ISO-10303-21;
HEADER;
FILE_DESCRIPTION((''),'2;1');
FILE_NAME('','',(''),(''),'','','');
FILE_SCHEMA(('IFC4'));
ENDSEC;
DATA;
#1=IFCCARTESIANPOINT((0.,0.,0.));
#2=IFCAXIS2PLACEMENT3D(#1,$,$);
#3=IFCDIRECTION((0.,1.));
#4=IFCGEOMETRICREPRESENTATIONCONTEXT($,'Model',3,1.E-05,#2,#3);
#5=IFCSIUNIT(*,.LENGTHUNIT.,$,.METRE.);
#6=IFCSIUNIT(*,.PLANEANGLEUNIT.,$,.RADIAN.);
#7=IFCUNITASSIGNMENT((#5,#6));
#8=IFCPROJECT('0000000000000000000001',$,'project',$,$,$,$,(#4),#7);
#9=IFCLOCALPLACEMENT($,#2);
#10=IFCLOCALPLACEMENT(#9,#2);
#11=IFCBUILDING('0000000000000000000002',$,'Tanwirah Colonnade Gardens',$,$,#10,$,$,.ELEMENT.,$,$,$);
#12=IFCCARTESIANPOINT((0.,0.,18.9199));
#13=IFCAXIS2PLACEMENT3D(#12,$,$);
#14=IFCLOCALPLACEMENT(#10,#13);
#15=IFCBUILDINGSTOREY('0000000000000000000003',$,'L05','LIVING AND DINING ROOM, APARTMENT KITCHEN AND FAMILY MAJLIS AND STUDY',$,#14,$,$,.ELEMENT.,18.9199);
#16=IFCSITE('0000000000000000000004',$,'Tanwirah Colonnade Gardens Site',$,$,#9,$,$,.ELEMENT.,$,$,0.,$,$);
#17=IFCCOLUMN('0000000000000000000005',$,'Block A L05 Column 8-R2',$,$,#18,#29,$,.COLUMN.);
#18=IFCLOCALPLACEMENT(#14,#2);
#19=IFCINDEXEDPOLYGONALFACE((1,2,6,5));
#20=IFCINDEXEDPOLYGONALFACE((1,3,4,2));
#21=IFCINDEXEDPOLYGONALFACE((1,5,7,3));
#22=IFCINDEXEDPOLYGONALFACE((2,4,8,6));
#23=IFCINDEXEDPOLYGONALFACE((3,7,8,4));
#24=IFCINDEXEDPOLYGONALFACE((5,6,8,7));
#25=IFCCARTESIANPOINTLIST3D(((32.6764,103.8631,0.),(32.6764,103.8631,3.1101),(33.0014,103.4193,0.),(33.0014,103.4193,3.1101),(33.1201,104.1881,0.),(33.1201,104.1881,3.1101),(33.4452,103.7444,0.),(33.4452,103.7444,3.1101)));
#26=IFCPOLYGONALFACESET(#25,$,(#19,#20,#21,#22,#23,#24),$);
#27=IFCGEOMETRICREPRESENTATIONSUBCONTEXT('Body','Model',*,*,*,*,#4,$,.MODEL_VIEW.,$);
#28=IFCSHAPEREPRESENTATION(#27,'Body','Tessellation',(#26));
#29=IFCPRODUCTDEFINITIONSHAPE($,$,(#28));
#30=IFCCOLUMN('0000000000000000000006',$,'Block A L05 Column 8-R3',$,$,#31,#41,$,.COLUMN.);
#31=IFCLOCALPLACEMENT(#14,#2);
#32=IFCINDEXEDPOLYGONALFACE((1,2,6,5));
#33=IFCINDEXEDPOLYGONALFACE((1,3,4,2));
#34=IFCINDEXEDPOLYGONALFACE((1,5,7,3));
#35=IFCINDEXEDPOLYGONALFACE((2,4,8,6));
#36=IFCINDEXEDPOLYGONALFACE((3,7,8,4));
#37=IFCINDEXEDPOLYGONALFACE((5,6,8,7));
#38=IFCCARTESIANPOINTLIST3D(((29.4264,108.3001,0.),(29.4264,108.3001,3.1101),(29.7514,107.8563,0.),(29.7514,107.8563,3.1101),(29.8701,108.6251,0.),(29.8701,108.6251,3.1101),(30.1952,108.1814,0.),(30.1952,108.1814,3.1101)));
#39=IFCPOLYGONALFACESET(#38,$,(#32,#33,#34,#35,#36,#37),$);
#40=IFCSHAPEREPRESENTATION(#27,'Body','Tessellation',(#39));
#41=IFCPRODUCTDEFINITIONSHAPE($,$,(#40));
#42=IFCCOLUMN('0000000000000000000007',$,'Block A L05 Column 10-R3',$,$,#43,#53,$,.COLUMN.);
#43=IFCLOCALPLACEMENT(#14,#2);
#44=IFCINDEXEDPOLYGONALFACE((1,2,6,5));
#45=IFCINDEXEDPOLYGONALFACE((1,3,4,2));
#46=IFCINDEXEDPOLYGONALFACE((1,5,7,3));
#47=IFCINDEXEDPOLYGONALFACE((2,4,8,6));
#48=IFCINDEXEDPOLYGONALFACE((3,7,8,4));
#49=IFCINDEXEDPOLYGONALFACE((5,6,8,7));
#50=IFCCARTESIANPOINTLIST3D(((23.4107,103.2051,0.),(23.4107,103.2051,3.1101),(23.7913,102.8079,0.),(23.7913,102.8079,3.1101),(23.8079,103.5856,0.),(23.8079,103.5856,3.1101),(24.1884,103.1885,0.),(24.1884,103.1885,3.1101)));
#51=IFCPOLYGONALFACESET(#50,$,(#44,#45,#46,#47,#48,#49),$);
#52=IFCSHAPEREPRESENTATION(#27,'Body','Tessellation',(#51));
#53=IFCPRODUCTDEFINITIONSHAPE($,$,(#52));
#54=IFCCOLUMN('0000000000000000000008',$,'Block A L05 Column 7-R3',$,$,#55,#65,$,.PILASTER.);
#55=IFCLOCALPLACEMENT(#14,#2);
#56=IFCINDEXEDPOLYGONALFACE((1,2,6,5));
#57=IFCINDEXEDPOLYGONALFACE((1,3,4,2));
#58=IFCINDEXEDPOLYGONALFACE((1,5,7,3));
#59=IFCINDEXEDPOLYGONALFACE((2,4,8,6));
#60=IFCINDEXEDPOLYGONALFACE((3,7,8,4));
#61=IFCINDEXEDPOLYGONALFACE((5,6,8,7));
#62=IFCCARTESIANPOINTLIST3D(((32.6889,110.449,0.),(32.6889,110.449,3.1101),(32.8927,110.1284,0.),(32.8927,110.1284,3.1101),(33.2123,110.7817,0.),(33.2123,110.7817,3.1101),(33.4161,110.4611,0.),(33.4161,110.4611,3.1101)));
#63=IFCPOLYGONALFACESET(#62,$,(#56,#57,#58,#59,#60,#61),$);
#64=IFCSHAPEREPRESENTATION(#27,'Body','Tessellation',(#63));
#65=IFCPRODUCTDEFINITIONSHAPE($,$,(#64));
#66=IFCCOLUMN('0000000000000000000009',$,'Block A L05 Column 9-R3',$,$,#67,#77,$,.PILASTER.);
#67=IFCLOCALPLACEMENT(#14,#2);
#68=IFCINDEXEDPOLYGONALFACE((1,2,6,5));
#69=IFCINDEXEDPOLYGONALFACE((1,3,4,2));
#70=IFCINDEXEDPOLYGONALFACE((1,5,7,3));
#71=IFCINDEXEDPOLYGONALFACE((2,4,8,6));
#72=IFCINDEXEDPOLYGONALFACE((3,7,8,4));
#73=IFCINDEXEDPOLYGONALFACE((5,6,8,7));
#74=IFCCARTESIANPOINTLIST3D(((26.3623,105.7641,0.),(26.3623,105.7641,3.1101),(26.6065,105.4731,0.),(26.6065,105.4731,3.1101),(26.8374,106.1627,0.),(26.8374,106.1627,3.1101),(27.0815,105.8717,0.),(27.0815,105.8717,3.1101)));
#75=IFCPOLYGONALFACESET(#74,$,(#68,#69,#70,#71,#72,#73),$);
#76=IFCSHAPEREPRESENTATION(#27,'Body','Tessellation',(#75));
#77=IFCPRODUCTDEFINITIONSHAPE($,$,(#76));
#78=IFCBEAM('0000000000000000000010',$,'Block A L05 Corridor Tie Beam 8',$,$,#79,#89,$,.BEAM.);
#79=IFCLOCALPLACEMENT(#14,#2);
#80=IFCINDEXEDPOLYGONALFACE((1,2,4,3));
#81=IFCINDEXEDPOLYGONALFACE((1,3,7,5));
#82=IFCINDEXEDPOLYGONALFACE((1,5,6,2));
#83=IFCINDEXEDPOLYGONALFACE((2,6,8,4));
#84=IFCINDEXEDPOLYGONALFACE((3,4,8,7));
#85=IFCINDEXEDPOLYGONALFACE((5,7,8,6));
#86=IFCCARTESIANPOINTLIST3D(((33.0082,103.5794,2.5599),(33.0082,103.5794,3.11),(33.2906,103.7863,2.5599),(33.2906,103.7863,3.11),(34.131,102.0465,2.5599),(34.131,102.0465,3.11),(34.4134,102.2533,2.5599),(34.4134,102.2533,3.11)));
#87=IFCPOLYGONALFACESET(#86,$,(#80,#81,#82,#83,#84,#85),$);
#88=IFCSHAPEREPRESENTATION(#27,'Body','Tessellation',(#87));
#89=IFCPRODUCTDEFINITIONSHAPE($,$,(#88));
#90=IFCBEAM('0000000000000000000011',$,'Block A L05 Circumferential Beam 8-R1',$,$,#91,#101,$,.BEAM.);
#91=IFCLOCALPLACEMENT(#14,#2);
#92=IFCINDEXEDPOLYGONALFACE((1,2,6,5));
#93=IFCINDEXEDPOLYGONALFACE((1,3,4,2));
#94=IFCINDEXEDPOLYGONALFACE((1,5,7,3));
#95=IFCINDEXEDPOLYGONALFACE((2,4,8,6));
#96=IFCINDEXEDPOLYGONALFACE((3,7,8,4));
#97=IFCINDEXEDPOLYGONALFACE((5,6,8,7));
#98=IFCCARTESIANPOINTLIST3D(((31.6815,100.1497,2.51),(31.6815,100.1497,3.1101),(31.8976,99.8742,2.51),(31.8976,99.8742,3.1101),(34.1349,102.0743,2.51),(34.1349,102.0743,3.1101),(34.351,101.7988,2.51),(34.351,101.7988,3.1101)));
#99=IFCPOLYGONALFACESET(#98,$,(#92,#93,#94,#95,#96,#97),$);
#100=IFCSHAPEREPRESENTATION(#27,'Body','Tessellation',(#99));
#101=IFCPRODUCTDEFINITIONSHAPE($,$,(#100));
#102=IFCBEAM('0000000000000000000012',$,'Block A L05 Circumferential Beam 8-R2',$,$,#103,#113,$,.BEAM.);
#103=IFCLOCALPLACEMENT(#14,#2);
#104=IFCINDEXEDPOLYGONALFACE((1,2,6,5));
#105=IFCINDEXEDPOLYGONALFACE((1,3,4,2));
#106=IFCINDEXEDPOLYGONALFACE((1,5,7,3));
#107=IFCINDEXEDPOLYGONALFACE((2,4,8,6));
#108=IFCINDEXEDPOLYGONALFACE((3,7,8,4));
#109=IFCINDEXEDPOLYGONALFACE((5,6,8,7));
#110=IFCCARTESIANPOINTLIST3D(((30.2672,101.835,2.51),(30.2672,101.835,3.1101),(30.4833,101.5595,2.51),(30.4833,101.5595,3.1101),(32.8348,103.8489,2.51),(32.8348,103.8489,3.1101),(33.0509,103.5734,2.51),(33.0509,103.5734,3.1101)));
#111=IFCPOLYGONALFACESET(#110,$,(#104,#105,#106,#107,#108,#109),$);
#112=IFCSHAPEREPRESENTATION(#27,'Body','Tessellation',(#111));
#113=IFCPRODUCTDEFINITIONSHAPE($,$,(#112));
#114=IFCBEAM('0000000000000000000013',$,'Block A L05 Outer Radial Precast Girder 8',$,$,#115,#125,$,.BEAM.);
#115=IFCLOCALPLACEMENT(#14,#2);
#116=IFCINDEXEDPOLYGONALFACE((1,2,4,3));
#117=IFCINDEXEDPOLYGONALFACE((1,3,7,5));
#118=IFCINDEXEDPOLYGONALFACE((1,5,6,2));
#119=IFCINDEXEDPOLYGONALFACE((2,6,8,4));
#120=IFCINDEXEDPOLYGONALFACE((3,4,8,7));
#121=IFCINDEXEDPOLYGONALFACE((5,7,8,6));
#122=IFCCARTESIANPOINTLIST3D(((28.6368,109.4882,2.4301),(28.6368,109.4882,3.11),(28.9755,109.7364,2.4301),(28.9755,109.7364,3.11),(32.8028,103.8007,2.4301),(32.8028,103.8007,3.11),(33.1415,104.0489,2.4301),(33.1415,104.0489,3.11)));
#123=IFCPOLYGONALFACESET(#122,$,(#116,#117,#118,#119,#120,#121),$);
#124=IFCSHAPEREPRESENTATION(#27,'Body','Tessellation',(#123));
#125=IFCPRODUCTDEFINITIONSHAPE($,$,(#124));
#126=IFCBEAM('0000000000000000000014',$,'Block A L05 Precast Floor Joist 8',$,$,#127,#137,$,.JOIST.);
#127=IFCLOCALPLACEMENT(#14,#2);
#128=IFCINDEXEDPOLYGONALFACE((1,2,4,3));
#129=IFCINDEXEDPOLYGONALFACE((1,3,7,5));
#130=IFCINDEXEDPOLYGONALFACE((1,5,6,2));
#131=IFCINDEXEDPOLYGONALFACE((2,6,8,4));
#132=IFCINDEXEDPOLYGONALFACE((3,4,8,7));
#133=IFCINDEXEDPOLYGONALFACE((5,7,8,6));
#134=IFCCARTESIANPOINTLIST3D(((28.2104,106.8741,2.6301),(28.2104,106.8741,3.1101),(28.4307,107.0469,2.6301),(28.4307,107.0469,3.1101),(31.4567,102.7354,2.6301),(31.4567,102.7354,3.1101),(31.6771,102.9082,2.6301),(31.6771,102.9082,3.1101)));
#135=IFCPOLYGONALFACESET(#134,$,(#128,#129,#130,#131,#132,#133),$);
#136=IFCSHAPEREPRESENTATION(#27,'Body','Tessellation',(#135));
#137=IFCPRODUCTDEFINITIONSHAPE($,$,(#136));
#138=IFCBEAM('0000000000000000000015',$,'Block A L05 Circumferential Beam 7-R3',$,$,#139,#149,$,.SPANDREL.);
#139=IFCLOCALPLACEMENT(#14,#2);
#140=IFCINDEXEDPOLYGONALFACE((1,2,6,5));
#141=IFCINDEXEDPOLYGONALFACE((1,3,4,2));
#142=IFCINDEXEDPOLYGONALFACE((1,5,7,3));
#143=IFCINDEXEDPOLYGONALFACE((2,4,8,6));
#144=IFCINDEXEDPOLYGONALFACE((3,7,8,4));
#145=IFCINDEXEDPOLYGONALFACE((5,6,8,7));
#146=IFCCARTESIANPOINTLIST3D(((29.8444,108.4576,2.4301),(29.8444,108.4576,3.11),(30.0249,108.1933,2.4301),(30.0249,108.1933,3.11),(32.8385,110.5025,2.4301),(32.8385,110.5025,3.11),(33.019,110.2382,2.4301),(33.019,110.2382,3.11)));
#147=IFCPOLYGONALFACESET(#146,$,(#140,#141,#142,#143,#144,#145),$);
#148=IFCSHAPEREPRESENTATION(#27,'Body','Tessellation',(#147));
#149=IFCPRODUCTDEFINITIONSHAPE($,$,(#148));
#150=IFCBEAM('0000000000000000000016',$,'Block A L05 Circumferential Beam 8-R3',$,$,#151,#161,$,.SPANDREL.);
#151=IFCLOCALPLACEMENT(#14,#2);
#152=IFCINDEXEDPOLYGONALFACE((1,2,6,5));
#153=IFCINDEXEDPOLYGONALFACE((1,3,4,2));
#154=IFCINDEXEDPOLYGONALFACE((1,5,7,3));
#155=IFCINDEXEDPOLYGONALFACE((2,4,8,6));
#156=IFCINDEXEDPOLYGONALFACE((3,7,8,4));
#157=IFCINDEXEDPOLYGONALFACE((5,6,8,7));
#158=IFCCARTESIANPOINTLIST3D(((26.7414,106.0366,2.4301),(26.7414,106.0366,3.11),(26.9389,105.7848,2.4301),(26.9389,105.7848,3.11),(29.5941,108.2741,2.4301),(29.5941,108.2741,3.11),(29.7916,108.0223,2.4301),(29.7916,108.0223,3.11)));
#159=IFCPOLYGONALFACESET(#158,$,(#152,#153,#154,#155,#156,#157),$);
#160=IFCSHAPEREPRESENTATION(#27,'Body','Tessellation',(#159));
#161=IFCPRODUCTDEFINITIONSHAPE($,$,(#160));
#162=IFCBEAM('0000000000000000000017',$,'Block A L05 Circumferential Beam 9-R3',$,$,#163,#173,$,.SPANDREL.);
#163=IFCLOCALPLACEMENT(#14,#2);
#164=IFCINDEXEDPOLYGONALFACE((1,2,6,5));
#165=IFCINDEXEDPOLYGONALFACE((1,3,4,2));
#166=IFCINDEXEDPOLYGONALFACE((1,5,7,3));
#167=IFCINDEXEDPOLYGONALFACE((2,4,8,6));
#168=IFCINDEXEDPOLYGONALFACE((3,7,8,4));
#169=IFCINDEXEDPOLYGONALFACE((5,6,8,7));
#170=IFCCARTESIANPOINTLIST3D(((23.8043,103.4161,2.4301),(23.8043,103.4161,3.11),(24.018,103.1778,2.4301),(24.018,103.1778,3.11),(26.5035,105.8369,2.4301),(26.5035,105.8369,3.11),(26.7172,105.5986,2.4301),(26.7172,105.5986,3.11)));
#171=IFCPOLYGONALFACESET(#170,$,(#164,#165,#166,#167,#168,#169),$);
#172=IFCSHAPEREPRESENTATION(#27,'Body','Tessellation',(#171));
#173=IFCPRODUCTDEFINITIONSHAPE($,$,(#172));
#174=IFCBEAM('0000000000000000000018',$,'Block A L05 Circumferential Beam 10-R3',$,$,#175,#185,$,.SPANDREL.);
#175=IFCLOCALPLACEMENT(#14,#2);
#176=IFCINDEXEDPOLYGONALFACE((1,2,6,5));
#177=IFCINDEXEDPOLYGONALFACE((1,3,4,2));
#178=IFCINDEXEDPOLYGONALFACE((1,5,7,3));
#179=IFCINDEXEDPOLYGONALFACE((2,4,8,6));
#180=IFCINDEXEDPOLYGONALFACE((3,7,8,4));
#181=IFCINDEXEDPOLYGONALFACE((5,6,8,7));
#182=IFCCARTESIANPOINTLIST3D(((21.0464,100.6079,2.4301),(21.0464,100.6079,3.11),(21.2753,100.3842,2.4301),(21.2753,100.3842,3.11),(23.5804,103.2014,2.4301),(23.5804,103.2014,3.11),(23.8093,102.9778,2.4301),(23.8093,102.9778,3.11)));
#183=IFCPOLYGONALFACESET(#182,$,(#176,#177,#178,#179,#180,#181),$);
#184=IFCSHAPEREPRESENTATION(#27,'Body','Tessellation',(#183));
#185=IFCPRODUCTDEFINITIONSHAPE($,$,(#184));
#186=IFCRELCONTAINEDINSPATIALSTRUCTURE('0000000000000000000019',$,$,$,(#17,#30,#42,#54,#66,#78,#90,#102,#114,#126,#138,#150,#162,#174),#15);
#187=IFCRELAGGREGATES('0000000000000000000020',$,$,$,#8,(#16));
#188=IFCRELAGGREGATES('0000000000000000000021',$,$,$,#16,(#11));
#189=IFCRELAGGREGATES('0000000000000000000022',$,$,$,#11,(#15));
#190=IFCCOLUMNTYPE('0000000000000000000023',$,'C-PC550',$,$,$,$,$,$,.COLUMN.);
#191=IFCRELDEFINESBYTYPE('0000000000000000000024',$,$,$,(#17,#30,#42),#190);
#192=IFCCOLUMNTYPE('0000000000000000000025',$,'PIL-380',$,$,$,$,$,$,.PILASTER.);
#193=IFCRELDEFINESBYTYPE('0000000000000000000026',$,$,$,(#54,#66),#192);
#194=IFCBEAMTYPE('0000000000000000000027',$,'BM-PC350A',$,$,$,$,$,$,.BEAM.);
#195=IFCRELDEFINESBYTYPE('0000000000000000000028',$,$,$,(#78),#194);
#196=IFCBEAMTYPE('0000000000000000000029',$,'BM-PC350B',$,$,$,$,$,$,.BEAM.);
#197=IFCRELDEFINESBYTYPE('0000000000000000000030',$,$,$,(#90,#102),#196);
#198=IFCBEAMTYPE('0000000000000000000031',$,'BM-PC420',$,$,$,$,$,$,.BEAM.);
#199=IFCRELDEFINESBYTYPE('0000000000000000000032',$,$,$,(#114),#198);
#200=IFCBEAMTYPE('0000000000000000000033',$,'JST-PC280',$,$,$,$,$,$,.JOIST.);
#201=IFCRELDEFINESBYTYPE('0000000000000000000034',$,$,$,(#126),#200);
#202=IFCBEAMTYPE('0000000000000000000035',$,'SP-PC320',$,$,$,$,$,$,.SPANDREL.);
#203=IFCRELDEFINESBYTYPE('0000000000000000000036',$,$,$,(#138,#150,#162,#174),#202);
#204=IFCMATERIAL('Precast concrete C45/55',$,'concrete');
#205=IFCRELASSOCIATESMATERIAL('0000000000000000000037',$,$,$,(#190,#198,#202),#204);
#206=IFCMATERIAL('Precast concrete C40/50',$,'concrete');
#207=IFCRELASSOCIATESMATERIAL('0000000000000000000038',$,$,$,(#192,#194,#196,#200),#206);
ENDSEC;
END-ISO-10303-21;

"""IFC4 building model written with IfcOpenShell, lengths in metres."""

from ifc_helpers import new_model, si_unit, direction, frame, origin, origin_2d, place, context, subcontext, project, spatial, rectangle, extrude, material, material_profile, profile_set, type_object, element, save


model = new_model("IFC4")

# Units and contexts
model_context = context("Model", 3, precision=1e-05, world=origin(), true_north=direction((0.0, 1.0)))
body_context = subcontext(model_context, "Body", "Model", "MODEL_VIEW")
ifc_project = project(units=[si_unit("LENGTHUNIT", "METRE"), si_unit("PLANEANGLEUNIT", "RADIAN")], contexts=[model_context])

# Site, building, storey
site_placement = place(None, origin())
site = spatial("IfcSite", under=ifc_project, at=site_placement, Name="Tanwirah Colonnade Gardens Site", CompositionType="ELEMENT", RefElevation=0.0)
building_placement = place(site_placement, origin())
building = spatial("IfcBuilding", under=site, at=building_placement, Name="Tanwirah Colonnade Gardens", CompositionType="ELEMENT")
storey_placement = place(building_placement, frame((0.0, 0.0, 18.9199)))
storey = spatial("IfcBuildingStorey", under=building, at=storey_placement, Name="L05", Description="LIVING AND DINING ROOM, APARTMENT KITCHEN AND FAMILY MAJLIS AND STUDY", CompositionType="ELEMENT", Elevation=18.9199)

# Columns
ifc_material_1 = material(Name="Precast concrete C45/55", Category="concrete")
ifc_material_profile_1 = material_profile(ifc_material_1, rectangle(XDim=0.55, YDim=0.55, at=origin_2d()), Name="PC-COL 550x550")
ifc_profile_set_1 = profile_set([ifc_material_profile_1], Name="Precast concrete C45/55")
column_type_1 = type_object("IfcColumnType", Name="C-PC550", PredefinedType="COLUMN", material=ifc_profile_set_1)
for number, where, z_axis, x_axis, name in (
    (1, (33.0608, 103.8037, 0.0), (0.0, 0.0, 1.0), (-0.590919, 0.806731, 0.0), "Block A L05 Column 8-R2"),
    (2, (29.8108, 108.2407, 0.0), (0.0, 0.0, 1.0), (-0.590919, 0.806731, 0.0), "Block A L05 Column 8-R3"),
    (3, (23.7996, 103.1968, 0.0), (0.0, 0.0, 1.0), (-0.691863, 0.722029, 0.0), "Block A L05 Column 10-R3"),
):
    element("IfcColumn", number, at=place(storey_placement, frame(where, z_axis=z_axis, x_axis=x_axis)), inside=storey, type_object=column_type_1, Name=name, PredefinedType="COLUMN", context=body_context, shape_type="SweptSolid", body=[
        extrude(rectangle(XDim=0.55, YDim=0.55, at=origin_2d()), origin(), (0.0, 0.0, 1.0), 3.1101),
    ])
ifc_material_2 = material(Name="Precast concrete C40/50", Category="concrete")
ifc_material_profile_2 = material_profile(ifc_material_2, rectangle(XDim=0.3799, YDim=0.6201, at=origin_2d()), Name="PC-PIL 380x620")
ifc_profile_set_2 = profile_set([ifc_material_profile_2], Name="Precast concrete C40/50")
column_type_2 = type_object("IfcColumnType", Name="PIL-380", PredefinedType="PILASTER", material=ifc_profile_set_2)
for number, where, z_axis, x_axis, name in (
    (4, (33.0525, 110.4551, 0.0), (0.0, 0.0, 1.0), (-0.536482, 0.843912, 0.0), "Block A L05 Column 7-R3"),
    (5, (26.7219, 105.8179, 0.0), (0.0, 0.0, 1.0), (-0.642788, 0.766044, 0.0), "Block A L05 Column 9-R3"),
):
    element("IfcColumn", number, at=place(storey_placement, frame(where, z_axis=z_axis, x_axis=x_axis)), inside=storey, type_object=column_type_2, Name=name, PredefinedType="PILASTER", context=body_context, shape_type="SweptSolid", body=[
        extrude(rectangle(XDim=0.3799, YDim=0.6201, at=origin_2d()), origin(), (0.0, 0.0, 1.0), 3.1101),
    ])

# Beams
ifc_material_profile_3 = material_profile(ifc_material_2, rectangle(XDim=0.3501, YDim=0.55, at=origin_2d()), Name="PC-BM 350x550")
ifc_profile_set_3 = profile_set([ifc_material_profile_3], Name="Precast concrete C40/50")
beam_type_1 = type_object("IfcBeamType", Name="BM-PC350A", PredefinedType="BEAM", material=ifc_profile_set_3)
beam_1_placement = place(storey_placement, frame((34.2722, 102.1499, 2.835), z_axis=(-0.590896, 0.806748, 0.0), x_axis=(-0.806748, -0.590896, 0.0)))
element("IfcBeam", 6, at=beam_1_placement, inside=storey, type_object=beam_type_1, Name="Block A L05 Corridor Tie Beam 8", PredefinedType="BEAM", context=body_context, shape_type="SweptSolid", body=[
    extrude(rectangle(XDim=0.3501, YDim=0.55, at=origin_2d()), origin(), (0.0, 0.0, 1.0), 1.9001),
])
ifc_material_profile_4 = material_profile(ifc_material_2, rectangle(XDim=0.3501, YDim=0.6001, at=origin_2d()), Name="PC-BM 350x600")
ifc_profile_set_4 = profile_set([ifc_material_profile_4], Name="Precast concrete C40/50")
beam_type_2 = type_object("IfcBeamType", Name="BM-PC350B", PredefinedType="BEAM", material=ifc_profile_set_4)
beam_2_placement = place(storey_placement, frame((34.2429, 101.9365, 2.8101), z_axis=(-0.786799, -0.617209, 0.0), x_axis=(0.617209, -0.786799, 0.0)))
element("IfcBeam", 7, at=beam_2_placement, inside=storey, type_object=beam_type_2, Name="Block A L05 Circumferential Beam 8-R1", PredefinedType="BEAM", context=body_context, shape_type="SweptSolid", body=[
    extrude(rectangle(XDim=0.3501, YDim=0.6001, at=origin_2d()), origin(), (0.0, 0.0, 1.0), 3.1182),
])
beam_3_placement = place(storey_placement, frame((32.9429, 103.7112, 2.8101), z_axis=(-0.78684, -0.617157, 0.0), x_axis=(0.617157, -0.78684, 0.0)))
element("IfcBeam", 8, at=beam_3_placement, inside=storey, type_object=beam_type_2, Name="Block A L05 Circumferential Beam 8-R2", PredefinedType="BEAM", context=body_context, shape_type="SweptSolid", body=[
    extrude(rectangle(XDim=0.3501, YDim=0.6001, at=origin_2d()), origin(), (0.0, 0.0, 1.0), 3.2632),
])
ifc_material_profile_5 = material_profile(ifc_material_1, rectangle(XDim=0.4199, YDim=0.6799, at=origin_2d()), Name="PC-BM 420x680")
ifc_profile_set_5 = profile_set([ifc_material_profile_5], Name="Precast concrete C45/55")
beam_type_3 = type_object("IfcBeamType", Name="BM-PC420", PredefinedType="BEAM", material=ifc_profile_set_5)
beam_4_placement = place(storey_placement, frame((32.9722, 103.9248, 2.77), z_axis=(-0.590919, 0.806731, 0.0), x_axis=(-0.806731, -0.590919, 0.0)))
element("IfcBeam", 9, at=beam_4_placement, inside=storey, type_object=beam_type_3, Name="Block A L05 Outer Radial Precast Girder 8", PredefinedType="BEAM", context=body_context, shape_type="SweptSolid", body=[
    extrude(rectangle(XDim=0.4199, YDim=0.6799, at=origin_2d()), origin(), (0.0, 0.0, 1.0), 7.05),
])
ifc_material_profile_6 = material_profile(ifc_material_2, rectangle(XDim=0.28, YDim=0.48, at=origin_2d()), Name="PC-JST 280x480")
ifc_profile_set_6 = profile_set([ifc_material_profile_6], Name="Precast concrete C40/50")
beam_type_4 = type_object("IfcBeamType", Name="JST-PC280", PredefinedType="JOIST", material=ifc_profile_set_6)
beam_5_placement = place(storey_placement, frame((31.5669, 102.8218, 2.8701), z_axis=(-0.617178, 0.786824, 0.0), x_axis=(-0.786824, -0.617178, 0.0)))
element("IfcBeam", 10, at=beam_5_placement, inside=storey, type_object=beam_type_4, Name="Block A L05 Precast Floor Joist 8", PredefinedType="JOIST", context=body_context, shape_type="SweptSolid", body=[
    extrude(rectangle(XDim=0.28, YDim=0.48, at=origin_2d()), origin(), (0.0, 0.0, 1.0), 5.26),
])
ifc_material_profile_7 = material_profile(ifc_material_1, rectangle(XDim=0.3201, YDim=0.6799, at=origin_2d()), Name="PC-SP 320x680")
ifc_profile_set_7 = profile_set([ifc_material_profile_7], Name="Precast concrete C45/55")
beam_type_5 = type_object("IfcBeamType", Name="SP-PC320", PredefinedType="SPANDREL", material=ifc_profile_set_7)
beam_6_placement = place(storey_placement, frame((32.9287, 110.3704, 2.77), z_axis=(-0.825783, -0.563989, 0.0), x_axis=(0.563989, -0.825783, 0.0)))
element("IfcBeam", 11, at=beam_6_placement, inside=storey, type_object=beam_type_5, Name="Block A L05 Circumferential Beam 7-R3", PredefinedType="SPANDREL", context=body_context, shape_type="SweptSolid", body=[
    extrude(rectangle(XDim=0.3201, YDim=0.6799, at=origin_2d()), origin(), (0.0, 0.0, 1.0), 3.6257),
])
beam_7_placement = place(storey_placement, frame((29.6929, 108.1482, 2.77), z_axis=(-0.786844, -0.617152, 0.0), x_axis=(0.617152, -0.786844, 0.0)))
element("IfcBeam", 12, at=beam_7_placement, inside=storey, type_object=beam_type_5, Name="Block A L05 Circumferential Beam 8-R3", PredefinedType="SPANDREL", context=body_context, shape_type="SweptSolid", body=[
    extrude(rectangle(XDim=0.3201, YDim=0.6799, at=origin_2d()), origin(), (0.0, 0.0, 1.0), 3.6255),
])
beam_8_placement = place(storey_placement, frame((26.6104, 105.7178, 2.77), z_axis=(-0.744445, -0.667684, 0.0), x_axis=(0.667684, -0.744445, 0.0)))
element("IfcBeam", 13, at=beam_8_placement, inside=storey, type_object=beam_type_5, Name="Block A L05 Circumferential Beam 9-R3", PredefinedType="SPANDREL", context=body_context, shape_type="SweptSolid", body=[
    extrude(rectangle(XDim=0.3201, YDim=0.6799, at=origin_2d()), origin(), (0.0, 0.0, 1.0), 3.6257),
])
beam_9_placement = place(storey_placement, frame((23.6948, 103.0896, 2.77), z_axis=(-0.698844, -0.715274, 0.0), x_axis=(0.715274, -0.698844, 0.0)))
element("IfcBeam", 14, at=beam_9_placement, inside=storey, type_object=beam_type_5, Name="Block A L05 Circumferential Beam 10-R3", PredefinedType="SPANDREL", context=body_context, shape_type="SweptSolid", body=[
    extrude(rectangle(XDim=0.3201, YDim=0.6799, at=origin_2d()), origin(), (0.0, 0.0, 1.0), 3.626),
])

save(model, "model.ifc")
